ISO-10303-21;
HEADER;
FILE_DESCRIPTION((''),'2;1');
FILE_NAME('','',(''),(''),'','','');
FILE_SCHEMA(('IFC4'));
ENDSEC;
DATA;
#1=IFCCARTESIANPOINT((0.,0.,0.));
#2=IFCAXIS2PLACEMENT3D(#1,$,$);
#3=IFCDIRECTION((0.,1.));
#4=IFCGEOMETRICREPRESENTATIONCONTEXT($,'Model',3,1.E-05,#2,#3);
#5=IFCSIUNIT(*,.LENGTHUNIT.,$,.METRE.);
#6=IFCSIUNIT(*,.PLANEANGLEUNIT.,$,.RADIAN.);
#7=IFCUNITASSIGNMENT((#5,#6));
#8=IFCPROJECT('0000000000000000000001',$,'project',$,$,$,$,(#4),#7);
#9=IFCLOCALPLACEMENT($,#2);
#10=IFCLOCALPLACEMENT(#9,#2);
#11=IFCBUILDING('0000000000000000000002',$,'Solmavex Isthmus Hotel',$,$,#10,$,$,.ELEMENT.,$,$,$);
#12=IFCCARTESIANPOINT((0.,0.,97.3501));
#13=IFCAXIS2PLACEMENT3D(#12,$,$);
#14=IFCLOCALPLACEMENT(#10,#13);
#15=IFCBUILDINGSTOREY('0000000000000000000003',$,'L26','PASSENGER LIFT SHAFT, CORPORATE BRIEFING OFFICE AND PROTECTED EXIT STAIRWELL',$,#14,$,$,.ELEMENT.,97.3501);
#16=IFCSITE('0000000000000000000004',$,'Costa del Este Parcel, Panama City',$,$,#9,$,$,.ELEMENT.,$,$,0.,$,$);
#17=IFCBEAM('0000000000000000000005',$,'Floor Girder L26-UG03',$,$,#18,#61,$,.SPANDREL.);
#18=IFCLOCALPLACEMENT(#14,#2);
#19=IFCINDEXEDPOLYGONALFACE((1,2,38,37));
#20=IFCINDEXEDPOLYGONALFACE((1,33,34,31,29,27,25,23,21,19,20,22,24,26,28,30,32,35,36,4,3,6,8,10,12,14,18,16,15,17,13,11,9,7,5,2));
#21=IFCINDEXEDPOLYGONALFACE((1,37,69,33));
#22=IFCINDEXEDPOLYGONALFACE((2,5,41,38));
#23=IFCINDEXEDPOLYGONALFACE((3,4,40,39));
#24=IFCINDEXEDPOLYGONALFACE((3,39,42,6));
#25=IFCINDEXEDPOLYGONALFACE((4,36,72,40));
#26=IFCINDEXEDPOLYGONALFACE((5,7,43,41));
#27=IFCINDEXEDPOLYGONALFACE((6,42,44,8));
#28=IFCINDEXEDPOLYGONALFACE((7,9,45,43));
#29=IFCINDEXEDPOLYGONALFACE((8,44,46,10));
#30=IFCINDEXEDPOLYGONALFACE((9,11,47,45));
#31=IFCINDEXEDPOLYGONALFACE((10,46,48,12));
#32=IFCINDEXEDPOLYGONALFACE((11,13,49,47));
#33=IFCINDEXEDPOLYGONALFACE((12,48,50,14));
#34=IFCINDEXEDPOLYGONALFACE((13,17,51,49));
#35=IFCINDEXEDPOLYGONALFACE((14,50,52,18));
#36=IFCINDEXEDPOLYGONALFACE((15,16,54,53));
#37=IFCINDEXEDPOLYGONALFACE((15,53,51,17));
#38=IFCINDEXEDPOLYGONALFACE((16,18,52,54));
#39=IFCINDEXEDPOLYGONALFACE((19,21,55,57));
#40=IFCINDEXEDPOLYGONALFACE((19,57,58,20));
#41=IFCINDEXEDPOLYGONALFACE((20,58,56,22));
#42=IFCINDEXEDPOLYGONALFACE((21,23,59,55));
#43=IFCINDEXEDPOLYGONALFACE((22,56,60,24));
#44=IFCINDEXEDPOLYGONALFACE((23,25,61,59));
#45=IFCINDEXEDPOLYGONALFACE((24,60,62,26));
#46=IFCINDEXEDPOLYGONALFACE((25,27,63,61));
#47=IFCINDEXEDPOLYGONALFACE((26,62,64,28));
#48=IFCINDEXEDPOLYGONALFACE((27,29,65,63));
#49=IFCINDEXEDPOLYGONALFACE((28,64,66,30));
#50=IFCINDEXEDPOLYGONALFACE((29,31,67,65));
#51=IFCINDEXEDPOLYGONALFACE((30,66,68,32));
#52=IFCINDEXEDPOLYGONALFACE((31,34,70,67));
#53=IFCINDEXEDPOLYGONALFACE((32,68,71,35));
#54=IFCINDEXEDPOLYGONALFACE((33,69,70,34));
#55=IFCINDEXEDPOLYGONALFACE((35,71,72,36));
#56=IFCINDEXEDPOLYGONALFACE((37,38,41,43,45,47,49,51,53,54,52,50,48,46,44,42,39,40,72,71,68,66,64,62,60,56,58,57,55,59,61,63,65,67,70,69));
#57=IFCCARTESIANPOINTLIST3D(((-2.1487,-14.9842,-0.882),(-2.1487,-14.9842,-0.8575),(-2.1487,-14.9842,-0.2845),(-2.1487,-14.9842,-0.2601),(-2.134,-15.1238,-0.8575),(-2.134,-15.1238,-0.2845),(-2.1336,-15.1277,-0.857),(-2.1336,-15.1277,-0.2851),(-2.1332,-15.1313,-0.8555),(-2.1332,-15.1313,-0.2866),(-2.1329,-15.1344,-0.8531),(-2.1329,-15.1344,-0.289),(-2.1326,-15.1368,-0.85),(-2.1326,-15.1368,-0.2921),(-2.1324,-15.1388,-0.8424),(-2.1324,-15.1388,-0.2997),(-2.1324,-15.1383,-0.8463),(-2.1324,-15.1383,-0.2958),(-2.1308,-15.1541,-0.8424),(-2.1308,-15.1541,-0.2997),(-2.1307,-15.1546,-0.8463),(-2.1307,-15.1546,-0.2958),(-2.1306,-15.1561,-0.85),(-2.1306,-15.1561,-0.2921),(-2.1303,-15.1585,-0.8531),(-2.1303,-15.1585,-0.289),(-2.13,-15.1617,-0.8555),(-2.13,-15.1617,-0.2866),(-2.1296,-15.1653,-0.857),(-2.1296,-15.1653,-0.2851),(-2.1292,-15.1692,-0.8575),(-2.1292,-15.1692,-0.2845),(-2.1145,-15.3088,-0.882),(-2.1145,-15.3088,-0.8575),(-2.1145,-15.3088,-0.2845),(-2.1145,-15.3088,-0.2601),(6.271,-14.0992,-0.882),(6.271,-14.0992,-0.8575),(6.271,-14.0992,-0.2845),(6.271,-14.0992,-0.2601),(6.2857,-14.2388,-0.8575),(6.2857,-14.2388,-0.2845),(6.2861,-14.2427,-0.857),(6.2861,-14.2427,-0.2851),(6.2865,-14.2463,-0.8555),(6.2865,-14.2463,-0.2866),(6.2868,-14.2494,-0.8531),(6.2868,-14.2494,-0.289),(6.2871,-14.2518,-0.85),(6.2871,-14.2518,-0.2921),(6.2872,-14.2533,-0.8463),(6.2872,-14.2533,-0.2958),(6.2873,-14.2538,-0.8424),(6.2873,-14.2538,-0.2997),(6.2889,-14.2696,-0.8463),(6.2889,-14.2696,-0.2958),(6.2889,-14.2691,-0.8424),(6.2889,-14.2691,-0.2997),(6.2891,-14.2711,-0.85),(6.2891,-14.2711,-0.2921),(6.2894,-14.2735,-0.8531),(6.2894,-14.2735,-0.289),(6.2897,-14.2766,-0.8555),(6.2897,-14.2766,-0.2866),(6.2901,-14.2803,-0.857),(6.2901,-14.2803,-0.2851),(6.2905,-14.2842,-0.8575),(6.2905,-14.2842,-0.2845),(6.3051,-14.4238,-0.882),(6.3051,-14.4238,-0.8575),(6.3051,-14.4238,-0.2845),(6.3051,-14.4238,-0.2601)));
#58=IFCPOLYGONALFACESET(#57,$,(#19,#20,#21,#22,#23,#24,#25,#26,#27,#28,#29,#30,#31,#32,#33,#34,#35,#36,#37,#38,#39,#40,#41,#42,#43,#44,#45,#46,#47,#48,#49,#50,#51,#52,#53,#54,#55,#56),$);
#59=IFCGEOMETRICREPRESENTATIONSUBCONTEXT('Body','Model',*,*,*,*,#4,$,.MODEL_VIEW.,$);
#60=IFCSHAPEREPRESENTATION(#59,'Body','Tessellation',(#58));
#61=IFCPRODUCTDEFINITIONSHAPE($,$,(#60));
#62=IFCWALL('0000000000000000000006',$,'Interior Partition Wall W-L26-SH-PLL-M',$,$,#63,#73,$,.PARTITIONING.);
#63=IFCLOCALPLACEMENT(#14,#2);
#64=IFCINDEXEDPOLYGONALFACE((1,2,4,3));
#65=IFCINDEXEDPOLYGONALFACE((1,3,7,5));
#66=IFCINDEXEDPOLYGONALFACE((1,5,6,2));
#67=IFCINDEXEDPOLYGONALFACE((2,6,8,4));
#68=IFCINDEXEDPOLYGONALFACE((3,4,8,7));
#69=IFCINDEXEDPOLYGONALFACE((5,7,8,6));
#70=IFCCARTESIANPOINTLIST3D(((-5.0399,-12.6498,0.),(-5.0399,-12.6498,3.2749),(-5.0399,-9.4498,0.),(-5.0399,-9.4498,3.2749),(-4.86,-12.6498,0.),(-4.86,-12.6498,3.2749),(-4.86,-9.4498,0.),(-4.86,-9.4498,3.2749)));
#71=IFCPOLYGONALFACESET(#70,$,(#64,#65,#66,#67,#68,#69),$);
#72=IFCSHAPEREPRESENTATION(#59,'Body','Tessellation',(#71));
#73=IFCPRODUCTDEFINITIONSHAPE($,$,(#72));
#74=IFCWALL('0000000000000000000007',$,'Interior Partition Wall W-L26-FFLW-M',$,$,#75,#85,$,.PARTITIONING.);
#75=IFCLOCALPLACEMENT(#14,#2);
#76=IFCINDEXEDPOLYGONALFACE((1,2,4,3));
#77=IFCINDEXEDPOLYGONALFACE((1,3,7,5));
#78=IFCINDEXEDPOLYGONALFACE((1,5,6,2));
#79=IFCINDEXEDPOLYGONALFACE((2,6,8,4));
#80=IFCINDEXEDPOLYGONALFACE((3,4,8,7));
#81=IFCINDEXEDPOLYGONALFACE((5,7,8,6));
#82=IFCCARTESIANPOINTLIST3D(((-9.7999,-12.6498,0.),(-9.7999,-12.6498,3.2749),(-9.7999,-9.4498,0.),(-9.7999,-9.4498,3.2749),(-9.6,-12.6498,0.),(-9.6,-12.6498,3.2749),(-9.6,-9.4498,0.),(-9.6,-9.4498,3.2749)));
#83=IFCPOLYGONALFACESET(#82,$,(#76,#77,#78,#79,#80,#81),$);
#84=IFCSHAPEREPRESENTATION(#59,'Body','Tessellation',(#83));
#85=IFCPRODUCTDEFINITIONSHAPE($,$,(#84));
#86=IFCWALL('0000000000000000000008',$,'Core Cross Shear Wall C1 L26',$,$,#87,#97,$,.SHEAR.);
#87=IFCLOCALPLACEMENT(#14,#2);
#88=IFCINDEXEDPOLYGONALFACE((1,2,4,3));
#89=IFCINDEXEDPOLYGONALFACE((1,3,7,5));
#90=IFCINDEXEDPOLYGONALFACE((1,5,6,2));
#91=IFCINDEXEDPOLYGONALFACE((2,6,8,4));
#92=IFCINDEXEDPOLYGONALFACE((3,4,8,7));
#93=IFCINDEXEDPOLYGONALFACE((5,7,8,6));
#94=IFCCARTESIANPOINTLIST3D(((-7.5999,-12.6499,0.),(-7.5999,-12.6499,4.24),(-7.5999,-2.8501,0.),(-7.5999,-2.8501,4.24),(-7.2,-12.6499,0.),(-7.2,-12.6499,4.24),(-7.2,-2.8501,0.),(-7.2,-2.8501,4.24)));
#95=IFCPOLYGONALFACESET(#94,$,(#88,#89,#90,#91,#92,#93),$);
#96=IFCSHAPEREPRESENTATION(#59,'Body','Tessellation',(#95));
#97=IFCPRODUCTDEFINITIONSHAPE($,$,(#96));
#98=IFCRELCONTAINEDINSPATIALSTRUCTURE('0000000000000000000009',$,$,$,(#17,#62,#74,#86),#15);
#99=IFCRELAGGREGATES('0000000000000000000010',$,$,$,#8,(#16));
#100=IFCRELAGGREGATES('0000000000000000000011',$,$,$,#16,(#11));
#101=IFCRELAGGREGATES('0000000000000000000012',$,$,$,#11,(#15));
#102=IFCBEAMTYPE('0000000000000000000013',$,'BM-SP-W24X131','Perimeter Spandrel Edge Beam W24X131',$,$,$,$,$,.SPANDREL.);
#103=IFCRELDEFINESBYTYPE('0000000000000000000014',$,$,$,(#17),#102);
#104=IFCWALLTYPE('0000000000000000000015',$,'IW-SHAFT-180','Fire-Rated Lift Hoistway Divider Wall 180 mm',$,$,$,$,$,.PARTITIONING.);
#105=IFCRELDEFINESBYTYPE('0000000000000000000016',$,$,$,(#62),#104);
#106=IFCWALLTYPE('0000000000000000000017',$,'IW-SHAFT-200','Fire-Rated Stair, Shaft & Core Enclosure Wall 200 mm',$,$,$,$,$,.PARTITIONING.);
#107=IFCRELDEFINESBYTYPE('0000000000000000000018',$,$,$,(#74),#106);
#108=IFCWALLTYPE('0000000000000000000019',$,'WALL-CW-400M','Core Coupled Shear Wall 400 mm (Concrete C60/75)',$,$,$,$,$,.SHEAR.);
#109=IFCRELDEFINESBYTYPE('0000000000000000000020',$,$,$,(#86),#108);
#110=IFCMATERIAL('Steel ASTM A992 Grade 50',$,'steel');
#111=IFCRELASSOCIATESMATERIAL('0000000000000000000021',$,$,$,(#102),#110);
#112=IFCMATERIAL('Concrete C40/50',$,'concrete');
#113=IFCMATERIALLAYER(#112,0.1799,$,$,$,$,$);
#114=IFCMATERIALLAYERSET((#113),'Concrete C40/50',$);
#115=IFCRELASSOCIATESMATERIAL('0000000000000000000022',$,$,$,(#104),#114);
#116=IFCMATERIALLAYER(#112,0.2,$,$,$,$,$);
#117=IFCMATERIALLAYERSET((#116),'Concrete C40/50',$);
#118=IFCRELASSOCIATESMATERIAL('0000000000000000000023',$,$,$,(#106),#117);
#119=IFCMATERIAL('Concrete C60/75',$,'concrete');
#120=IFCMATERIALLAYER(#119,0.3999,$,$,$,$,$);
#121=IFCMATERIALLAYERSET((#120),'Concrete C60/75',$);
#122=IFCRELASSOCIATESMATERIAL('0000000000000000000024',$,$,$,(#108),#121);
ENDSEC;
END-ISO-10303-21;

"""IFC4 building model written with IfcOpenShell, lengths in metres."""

from ifc_helpers import new_model, si_unit, direction, frame, frame_2d, origin, origin_2d, place, context, subcontext, project, spatial, rectangle, i_section, extrude, material, layer, layer_set, material_profile, profile_set, type_object, element, save


model = new_model("IFC4")

# Units and contexts
model_context = context("Model", 3, precision=1e-05, world=origin(), true_north=direction((0.0, 1.0)))
body_context = subcontext(model_context, "Body", "Model", "MODEL_VIEW")
ifc_project = project(units=[si_unit("LENGTHUNIT", "METRE"), si_unit("PLANEANGLEUNIT", "RADIAN")], contexts=[model_context])

# Site, building, storey
site_placement = place(None, origin())
site = spatial("IfcSite", under=ifc_project, at=site_placement, Name="Costa del Este Parcel, Panama City", CompositionType="ELEMENT", RefElevation=0.0)
building_placement = place(site_placement, origin())
building = spatial("IfcBuilding", under=site, at=building_placement, Name="Solmavex Isthmus Hotel", CompositionType="ELEMENT")
storey_placement = place(building_placement, frame((0.0, 0.0, 97.3501)))
storey = spatial("IfcBuildingStorey", under=building, at=storey_placement, Name="L26", Description="PASSENGER LIFT SHAFT, CORPORATE BRIEFING OFFICE AND PROTECTED EXIT STAIRWELL", CompositionType="ELEMENT", Elevation=97.3501)

# Shared definitions
ifc_material_1 = material(Name="Concrete C60/75", Category="concrete")

# Beam
ifc_material_2 = material(Name="Steel ASTM A992 Grade 50", Category="steel")
ifc_material_profile_1 = material_profile(ifc_material_2, i_section(OverallWidth=0.3264, OverallDepth=0.6218, WebThickness=0.0154, FlangeThickness=0.0244, FilletRadius=0.0151, at=origin_2d()), Name="W24X131")
ifc_profile_set_1 = profile_set([ifc_material_profile_1], Name="Steel ASTM A992 Grade 50")
beam_type_1 = type_object("IfcBeamType", Name="BM-SP-W24X131", Description="Perimeter Spandrel Edge Beam W24X131", PredefinedType="SPANDREL", material=ifc_profile_set_1)
beam_1_placement = place(storey_placement, frame((-2.1316, -15.1465, -0.571), z_axis=(0.994521, 0.104536, 0.0), x_axis=(-0.104536, 0.994521, 0.0)))
element("IfcBeam", 1, at=beam_1_placement, inside=storey, type_object=beam_type_1, Name="Floor Girder L26-UG03", PredefinedType="SPANDREL", context=body_context, shape_type="SweptSolid", body=[
    extrude(i_section(OverallWidth=0.3264, OverallDepth=0.6218, WebThickness=0.0154, FlangeThickness=0.0244, FilletRadius=0.0151, at=origin_2d()), origin(), (0.0, 0.0, 1.0), 8.4661),
])

# Walls
ifc_material_3 = material(Name="Concrete C40/50", Category="concrete")
ifc_layer_1 = layer(ifc_material_3, 0.1799)
ifc_layer_set_1 = layer_set([ifc_layer_1], Name="Concrete C40/50")
wall_type_1 = type_object("IfcWallType", Name="IW-SHAFT-180", Description="Fire-Rated Lift Hoistway Divider Wall 180 mm", PredefinedType="PARTITIONING", material=ifc_layer_set_1)
wall_1_placement = place(storey_placement, frame((-4.95, -12.6499, 0.0), z_axis=(0.0, 0.0, 1.0), x_axis=(0.0, 1.0, 0.0)))
element("IfcWall", 2, at=wall_1_placement, inside=storey, type_object=wall_type_1, Name="Interior Partition Wall W-L26-SH-PLL-M", PredefinedType="PARTITIONING", context=body_context, shape_type="SweptSolid", body=[
    extrude(rectangle(XDim=3.2, YDim=0.1799, at=frame_2d((1.6001, 0.0))), origin(), (0.0, 0.0, 1.0), 3.2749),
])
ifc_layer_2 = layer(ifc_material_3, 0.2)
ifc_layer_set_2 = layer_set([ifc_layer_2], Name="Concrete C40/50")
wall_type_2 = type_object("IfcWallType", Name="IW-SHAFT-200", Description="Fire-Rated Stair, Shaft & Core Enclosure Wall 200 mm", PredefinedType="PARTITIONING", material=ifc_layer_set_2)
wall_2_placement = place(storey_placement, frame((-9.7, -12.6499, 0.0), z_axis=(0.0, 0.0, 1.0), x_axis=(0.0, 1.0, 0.0)))
element("IfcWall", 3, at=wall_2_placement, inside=storey, type_object=wall_type_2, Name="Interior Partition Wall W-L26-FFLW-M", PredefinedType="PARTITIONING", context=body_context, shape_type="SweptSolid", body=[
    extrude(rectangle(XDim=3.2, YDim=0.2, at=frame_2d((1.6001, 0.0))), origin(), (0.0, 0.0, 1.0), 3.2749),
])
ifc_layer_3 = layer(ifc_material_1, 0.3999)
ifc_layer_set_3 = layer_set([ifc_layer_3], Name="Concrete C60/75")
wall_type_3 = type_object("IfcWallType", Name="WALL-CW-400M", Description="Core Coupled Shear Wall 400 mm (Concrete C60/75)", PredefinedType="SHEAR", material=ifc_layer_set_3)
wall_3_placement = place(storey_placement, frame((-7.3999, -12.6499, 0.0), z_axis=(0.0, 0.0, 1.0), x_axis=(0.0, 1.0, 0.0)))
element("IfcWall", 4, at=wall_3_placement, inside=storey, type_object=wall_type_3, Name="Core Cross Shear Wall C1 L26", PredefinedType="SHEAR", context=body_context, shape_type="SweptSolid", body=[
    extrude(rectangle(XDim=9.7998, YDim=0.3999, at=frame_2d((4.8999, 0.0))), origin(), (0.0, 0.0, 1.0), 4.24),
])

save(model, "model.ifc")
